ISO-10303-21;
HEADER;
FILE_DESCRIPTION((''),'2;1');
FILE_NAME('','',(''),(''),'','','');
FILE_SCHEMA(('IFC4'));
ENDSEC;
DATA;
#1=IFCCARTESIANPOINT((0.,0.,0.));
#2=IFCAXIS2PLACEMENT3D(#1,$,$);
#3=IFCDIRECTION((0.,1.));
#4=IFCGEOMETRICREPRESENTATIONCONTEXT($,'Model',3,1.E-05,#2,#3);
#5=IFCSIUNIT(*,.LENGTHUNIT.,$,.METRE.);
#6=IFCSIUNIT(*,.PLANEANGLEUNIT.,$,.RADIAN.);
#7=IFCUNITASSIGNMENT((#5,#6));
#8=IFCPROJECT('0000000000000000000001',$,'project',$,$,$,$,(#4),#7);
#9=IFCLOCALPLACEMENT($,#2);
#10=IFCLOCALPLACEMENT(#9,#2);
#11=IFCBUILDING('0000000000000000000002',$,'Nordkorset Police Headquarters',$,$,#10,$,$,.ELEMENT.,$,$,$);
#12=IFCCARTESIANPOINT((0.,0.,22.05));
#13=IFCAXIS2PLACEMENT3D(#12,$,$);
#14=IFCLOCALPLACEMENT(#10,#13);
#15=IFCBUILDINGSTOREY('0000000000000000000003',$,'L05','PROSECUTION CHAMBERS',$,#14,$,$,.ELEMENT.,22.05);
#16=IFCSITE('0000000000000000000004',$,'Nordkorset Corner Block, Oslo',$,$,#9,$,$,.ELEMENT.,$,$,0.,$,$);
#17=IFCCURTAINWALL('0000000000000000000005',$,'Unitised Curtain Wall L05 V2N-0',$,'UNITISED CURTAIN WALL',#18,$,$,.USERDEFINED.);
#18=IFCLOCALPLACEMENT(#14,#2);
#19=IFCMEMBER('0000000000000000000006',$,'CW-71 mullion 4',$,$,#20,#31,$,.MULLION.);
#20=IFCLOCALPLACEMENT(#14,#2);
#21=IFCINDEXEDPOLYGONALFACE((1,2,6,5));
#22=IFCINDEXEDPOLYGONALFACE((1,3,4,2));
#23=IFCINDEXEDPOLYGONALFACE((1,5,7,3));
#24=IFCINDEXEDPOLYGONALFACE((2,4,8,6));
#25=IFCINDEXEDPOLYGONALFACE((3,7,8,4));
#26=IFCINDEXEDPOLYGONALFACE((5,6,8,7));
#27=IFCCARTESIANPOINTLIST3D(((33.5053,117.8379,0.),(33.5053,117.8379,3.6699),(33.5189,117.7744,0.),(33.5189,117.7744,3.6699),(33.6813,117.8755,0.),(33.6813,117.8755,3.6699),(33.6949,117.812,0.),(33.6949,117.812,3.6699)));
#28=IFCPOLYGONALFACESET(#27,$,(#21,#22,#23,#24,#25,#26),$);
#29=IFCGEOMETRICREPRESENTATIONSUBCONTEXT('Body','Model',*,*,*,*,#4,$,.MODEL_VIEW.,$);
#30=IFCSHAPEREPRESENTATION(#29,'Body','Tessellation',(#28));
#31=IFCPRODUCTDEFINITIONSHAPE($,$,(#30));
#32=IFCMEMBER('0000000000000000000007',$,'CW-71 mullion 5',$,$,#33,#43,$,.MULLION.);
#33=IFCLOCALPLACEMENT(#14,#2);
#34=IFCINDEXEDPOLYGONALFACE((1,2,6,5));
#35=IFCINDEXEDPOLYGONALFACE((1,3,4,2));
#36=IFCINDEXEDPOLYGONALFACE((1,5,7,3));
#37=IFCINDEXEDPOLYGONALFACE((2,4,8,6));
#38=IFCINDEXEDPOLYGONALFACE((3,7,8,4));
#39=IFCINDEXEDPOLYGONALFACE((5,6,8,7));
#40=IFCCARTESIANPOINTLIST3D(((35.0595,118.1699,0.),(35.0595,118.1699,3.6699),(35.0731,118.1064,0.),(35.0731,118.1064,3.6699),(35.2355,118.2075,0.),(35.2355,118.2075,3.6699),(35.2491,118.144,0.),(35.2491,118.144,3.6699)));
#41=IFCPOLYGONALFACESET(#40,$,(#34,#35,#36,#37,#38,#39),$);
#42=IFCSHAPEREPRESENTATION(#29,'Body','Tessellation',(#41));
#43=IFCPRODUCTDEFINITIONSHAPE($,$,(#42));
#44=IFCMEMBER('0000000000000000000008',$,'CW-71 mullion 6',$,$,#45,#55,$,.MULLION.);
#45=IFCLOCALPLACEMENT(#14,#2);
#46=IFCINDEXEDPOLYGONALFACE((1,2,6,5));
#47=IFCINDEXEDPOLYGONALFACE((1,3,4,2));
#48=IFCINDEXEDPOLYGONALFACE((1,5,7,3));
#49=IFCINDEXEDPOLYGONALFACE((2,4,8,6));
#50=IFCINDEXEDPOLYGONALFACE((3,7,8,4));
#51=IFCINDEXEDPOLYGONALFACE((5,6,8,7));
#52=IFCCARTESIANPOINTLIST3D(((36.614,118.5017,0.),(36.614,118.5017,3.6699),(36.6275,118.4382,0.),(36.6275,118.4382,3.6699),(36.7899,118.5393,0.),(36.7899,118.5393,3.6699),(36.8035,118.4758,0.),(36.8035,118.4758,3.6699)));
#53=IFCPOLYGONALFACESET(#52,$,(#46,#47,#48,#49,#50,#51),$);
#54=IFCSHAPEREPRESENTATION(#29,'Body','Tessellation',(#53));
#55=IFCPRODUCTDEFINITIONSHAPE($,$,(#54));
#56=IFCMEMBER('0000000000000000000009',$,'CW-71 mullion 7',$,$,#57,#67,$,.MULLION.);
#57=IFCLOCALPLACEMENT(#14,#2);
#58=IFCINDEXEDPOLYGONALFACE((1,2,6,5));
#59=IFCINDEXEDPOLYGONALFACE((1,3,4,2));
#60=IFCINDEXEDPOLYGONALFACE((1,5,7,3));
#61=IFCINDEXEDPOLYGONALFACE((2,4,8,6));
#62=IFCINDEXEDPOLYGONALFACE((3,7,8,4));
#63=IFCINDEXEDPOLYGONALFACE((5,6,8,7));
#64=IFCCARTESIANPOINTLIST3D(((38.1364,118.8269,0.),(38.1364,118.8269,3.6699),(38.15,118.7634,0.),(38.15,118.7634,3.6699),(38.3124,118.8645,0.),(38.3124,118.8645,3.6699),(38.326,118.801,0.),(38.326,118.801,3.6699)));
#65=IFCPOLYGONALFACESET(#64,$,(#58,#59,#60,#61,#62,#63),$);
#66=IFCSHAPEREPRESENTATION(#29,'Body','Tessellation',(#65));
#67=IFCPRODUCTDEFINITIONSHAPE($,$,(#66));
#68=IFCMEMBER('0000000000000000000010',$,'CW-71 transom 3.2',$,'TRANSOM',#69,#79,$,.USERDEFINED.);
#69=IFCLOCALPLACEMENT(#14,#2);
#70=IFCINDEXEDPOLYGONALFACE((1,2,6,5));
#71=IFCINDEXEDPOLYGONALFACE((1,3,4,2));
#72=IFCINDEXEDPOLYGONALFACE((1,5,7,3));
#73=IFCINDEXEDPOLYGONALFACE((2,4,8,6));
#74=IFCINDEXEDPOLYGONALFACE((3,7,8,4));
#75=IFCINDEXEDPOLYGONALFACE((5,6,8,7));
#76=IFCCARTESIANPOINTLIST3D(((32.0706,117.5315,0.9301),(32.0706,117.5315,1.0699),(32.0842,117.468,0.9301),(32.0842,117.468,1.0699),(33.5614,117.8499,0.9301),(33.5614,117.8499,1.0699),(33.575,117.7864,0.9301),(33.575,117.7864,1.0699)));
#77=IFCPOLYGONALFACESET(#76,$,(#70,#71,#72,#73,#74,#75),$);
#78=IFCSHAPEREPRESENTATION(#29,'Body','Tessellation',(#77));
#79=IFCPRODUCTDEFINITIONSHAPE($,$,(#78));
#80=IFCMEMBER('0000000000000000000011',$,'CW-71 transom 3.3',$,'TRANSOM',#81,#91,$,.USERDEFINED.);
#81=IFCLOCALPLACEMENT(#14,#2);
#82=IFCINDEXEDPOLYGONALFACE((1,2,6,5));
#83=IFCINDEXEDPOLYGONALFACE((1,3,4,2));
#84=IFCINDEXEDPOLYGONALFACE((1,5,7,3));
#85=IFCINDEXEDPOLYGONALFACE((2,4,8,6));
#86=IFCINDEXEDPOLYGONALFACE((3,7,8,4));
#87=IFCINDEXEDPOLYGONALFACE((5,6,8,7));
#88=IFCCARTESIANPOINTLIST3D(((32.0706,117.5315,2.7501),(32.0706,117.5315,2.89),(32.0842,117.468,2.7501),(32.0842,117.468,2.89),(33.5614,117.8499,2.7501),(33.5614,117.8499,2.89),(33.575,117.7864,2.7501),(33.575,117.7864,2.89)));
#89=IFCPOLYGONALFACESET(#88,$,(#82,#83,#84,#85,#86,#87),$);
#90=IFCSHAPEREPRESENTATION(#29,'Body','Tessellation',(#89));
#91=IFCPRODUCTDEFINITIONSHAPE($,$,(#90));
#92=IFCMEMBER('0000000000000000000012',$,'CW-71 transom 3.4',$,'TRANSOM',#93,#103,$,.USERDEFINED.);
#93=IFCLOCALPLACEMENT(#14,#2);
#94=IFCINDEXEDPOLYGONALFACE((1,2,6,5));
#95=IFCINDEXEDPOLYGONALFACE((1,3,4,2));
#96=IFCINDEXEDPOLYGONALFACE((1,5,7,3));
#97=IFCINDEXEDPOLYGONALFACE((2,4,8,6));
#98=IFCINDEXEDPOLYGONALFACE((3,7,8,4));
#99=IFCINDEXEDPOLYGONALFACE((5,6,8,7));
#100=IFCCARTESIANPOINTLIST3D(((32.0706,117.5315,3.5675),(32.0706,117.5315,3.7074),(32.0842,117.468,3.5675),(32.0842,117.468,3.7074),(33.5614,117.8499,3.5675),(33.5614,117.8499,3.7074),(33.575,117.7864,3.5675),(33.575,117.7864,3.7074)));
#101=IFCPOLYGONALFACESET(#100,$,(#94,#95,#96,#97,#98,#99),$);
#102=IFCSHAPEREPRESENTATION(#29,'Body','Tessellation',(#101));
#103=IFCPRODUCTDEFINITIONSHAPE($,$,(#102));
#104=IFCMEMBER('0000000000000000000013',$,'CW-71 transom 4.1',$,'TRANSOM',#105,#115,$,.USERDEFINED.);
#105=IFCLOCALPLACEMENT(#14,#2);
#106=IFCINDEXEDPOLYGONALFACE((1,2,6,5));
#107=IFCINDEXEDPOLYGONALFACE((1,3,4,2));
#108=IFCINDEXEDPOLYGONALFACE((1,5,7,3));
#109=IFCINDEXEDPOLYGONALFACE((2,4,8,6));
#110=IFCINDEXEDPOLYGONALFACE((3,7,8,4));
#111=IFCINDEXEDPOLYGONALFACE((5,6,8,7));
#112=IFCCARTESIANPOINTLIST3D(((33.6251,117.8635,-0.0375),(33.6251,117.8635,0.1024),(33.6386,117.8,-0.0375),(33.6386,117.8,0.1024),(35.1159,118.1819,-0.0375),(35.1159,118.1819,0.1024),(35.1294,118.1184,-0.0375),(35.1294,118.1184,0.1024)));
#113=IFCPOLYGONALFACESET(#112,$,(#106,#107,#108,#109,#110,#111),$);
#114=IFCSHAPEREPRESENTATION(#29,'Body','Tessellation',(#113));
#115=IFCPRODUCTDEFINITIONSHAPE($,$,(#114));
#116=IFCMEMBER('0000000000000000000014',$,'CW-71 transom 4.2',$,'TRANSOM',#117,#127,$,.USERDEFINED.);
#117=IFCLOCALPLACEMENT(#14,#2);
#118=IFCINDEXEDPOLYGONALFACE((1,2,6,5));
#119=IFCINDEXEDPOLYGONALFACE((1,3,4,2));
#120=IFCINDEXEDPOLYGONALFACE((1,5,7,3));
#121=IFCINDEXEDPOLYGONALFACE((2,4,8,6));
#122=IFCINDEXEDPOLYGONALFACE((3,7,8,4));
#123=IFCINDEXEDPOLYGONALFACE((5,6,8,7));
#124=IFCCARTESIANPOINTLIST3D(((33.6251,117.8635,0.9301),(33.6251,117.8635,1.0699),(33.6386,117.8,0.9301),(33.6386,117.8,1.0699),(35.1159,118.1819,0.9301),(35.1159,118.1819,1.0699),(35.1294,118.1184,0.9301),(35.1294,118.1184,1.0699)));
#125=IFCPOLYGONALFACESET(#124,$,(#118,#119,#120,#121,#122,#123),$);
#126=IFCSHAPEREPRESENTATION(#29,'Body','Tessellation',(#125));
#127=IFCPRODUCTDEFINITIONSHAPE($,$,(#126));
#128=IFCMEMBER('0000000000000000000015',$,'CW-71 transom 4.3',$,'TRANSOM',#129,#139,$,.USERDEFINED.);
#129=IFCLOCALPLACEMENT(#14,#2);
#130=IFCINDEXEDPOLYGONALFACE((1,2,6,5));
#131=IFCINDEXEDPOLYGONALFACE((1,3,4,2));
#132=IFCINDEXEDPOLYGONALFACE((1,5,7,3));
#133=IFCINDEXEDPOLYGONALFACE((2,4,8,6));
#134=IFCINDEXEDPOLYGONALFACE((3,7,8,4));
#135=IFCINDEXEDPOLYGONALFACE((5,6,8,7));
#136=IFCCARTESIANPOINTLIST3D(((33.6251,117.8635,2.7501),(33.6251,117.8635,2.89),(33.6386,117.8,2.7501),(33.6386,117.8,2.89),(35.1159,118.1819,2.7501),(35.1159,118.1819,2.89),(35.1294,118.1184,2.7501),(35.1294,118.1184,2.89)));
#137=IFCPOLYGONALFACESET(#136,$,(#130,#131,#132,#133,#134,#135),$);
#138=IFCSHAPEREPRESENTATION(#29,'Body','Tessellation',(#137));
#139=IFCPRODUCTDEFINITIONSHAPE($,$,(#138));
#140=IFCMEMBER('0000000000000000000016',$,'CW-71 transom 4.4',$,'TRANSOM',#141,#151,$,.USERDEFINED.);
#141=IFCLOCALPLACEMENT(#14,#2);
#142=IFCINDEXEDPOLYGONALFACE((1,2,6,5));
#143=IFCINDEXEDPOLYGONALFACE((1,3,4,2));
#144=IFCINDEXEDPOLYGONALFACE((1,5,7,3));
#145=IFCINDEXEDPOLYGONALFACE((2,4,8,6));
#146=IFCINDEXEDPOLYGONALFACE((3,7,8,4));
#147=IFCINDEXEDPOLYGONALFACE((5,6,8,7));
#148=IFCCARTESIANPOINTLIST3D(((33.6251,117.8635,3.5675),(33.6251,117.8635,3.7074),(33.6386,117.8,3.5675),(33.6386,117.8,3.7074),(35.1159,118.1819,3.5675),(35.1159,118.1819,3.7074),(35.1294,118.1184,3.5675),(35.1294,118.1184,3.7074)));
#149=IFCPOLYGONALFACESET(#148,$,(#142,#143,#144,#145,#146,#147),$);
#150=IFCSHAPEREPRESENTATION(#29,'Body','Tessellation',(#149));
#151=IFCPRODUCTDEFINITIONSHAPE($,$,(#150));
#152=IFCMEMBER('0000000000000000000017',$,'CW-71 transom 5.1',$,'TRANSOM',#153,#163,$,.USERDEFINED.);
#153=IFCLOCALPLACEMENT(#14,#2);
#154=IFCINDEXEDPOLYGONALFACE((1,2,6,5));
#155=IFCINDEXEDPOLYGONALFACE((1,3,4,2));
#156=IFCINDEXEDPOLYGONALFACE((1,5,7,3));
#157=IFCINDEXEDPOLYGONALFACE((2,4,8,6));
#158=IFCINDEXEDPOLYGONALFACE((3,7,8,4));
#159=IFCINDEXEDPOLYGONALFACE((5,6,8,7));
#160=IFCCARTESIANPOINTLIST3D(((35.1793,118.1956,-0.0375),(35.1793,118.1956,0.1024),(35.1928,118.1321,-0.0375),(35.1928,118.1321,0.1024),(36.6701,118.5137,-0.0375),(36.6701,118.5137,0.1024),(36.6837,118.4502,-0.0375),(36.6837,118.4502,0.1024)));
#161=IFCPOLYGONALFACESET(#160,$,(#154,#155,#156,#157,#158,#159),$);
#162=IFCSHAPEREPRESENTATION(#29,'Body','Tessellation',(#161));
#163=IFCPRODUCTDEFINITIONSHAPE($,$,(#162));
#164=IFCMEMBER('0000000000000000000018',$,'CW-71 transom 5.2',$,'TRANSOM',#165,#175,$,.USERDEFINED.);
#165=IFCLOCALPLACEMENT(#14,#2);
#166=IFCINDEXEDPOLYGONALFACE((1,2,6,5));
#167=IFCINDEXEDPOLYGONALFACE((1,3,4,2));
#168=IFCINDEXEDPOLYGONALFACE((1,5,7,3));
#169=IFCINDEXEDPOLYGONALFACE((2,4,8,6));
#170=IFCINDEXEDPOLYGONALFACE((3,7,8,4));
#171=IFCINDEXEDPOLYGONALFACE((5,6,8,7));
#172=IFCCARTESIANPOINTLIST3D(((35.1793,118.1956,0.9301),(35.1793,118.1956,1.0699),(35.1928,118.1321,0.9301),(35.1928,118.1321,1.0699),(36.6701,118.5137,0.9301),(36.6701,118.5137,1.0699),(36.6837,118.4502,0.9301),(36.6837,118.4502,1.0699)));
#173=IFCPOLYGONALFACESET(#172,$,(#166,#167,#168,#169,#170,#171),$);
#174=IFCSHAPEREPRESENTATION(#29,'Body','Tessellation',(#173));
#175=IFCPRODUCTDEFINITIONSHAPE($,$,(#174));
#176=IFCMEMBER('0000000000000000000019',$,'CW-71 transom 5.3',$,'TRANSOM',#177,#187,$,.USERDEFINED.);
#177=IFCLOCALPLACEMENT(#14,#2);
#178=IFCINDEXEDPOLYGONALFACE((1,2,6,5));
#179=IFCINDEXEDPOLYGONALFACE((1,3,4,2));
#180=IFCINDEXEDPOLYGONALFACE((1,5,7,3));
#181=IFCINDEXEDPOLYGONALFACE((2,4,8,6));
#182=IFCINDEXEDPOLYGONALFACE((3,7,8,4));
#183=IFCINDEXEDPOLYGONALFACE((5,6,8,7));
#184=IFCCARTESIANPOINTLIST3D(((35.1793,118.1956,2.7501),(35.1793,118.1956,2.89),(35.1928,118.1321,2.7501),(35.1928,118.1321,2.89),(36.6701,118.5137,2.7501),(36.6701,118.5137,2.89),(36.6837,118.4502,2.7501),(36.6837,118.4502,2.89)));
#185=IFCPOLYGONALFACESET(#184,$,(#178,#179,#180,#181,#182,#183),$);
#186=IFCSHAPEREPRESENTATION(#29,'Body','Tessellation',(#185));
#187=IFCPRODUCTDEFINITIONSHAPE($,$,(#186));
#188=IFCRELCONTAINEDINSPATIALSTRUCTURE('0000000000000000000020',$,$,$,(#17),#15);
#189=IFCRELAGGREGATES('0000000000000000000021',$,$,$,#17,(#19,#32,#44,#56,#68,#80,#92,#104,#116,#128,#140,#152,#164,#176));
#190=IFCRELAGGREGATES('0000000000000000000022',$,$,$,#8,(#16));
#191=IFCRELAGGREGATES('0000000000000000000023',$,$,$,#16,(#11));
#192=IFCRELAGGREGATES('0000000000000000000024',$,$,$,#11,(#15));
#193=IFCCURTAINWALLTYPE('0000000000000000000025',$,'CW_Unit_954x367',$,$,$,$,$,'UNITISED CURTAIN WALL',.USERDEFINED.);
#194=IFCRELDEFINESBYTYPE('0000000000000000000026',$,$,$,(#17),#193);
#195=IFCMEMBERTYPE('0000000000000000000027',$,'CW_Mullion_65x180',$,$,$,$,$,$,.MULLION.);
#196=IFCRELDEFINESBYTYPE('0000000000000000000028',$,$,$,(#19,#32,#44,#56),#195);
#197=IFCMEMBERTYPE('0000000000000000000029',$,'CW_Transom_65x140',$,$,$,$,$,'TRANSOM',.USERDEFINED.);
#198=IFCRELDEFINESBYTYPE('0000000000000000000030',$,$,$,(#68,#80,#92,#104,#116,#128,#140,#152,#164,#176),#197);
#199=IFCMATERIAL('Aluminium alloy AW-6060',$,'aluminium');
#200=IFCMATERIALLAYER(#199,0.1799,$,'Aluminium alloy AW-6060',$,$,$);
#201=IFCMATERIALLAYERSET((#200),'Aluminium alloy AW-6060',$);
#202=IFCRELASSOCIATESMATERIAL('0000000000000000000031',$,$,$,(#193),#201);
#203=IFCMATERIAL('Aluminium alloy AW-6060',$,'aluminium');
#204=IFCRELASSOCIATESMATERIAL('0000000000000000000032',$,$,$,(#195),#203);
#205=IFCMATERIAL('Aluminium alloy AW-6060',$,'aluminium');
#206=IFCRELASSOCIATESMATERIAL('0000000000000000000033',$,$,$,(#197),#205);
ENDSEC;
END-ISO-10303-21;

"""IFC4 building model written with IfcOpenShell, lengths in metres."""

from ifc_helpers import new_model, si_unit, direction, frame, origin, origin_2d, place, context, subcontext, project, spatial, rectangle, extrude, material, layer, layer_set, material_profile, profile_set, type_object, element, aggregate, save


model = new_model("IFC4")

# Units and contexts
model_context = context("Model", 3, precision=1e-05, world=origin(), true_north=direction((0.0, 1.0)))
body_context = subcontext(model_context, "Body", "Model", "MODEL_VIEW")
ifc_project = project(units=[si_unit("LENGTHUNIT", "METRE"), si_unit("PLANEANGLEUNIT", "RADIAN")], contexts=[model_context])

# Site, building, storey
site_placement = place(None, origin())
site = spatial("IfcSite", under=ifc_project, at=site_placement, Name="Nordkorset Corner Block, Oslo", CompositionType="ELEMENT", RefElevation=0.0)
building_placement = place(site_placement, origin())
building = spatial("IfcBuilding", under=site, at=building_placement, Name="Nordkorset Police Headquarters", CompositionType="ELEMENT")
storey_placement = place(building_placement, frame((0.0, 0.0, 22.05)))
storey = spatial("IfcBuildingStorey", under=building, at=storey_placement, Name="L05", Description="PROSECUTION CHAMBERS", CompositionType="ELEMENT", Elevation=22.05)

# Curtain wall, members
ifc_material_1 = material(Name="Aluminium alloy AW-6060", Category="aluminium")
ifc_layer_1 = layer(ifc_material_1, 0.1799, Name="Aluminium alloy AW-6060")
ifc_layer_set_1 = layer_set([ifc_layer_1], Name="Aluminium alloy AW-6060")
curtain_wall_type = type_object("IfcCurtainWallType", Name="CW_Unit_954x367", ElementType="UNITISED CURTAIN WALL", PredefinedType="USERDEFINED", material=ifc_layer_set_1)
curtain_wall_placement = place(storey_placement, origin())
curtain_wall = element("IfcCurtainWall", 1, at=curtain_wall_placement, inside=storey, type_object=curtain_wall_type, Name="Unitised Curtain Wall L05 V2N-0", ObjectType="UNITISED CURTAIN WALL", PredefinedType="USERDEFINED")
ifc_material_2 = material(Name="Aluminium alloy AW-6060", Category="aluminium")
ifc_material_profile_1 = material_profile(ifc_material_2, rectangle(XDim=0.0649, YDim=0.1799, at=origin_2d()), Name="ALU MULL 65x180")
ifc_profile_set_1 = profile_set([ifc_material_profile_1], Name="Aluminium alloy AW-6060")
member_type_1 = type_object("IfcMemberType", Name="CW_Mullion_65x180", PredefinedType="MULLION", material=ifc_profile_set_1)
member_1_placement = place(storey_placement, frame((33.6001, 117.825, 0.0), z_axis=(0.0, 0.0, 1.0), x_axis=(-0.208833, 0.977951, 0.0)))
member_1 = element("IfcMember", 2, at=member_1_placement, type_object=member_type_1, Name="CW-71 mullion 4", PredefinedType="MULLION", context=body_context, shape_type="SweptSolid", body=[
    extrude(rectangle(XDim=0.0649, YDim=0.1799, at=origin_2d()), origin(), (0.0, 0.0, 1.0), 3.6699),
])
member_2_placement = place(storey_placement, frame((35.1543, 118.157, 0.0), z_axis=(0.0, 0.0, 1.0), x_axis=(-0.208833, 0.977951, 0.0)))
member_2 = element("IfcMember", 3, at=member_2_placement, type_object=member_type_1, Name="CW-71 mullion 5", PredefinedType="MULLION", context=body_context, shape_type="SweptSolid", body=[
    extrude(rectangle(XDim=0.0649, YDim=0.1799, at=origin_2d()), origin(), (0.0, 0.0, 1.0), 3.6699),
])
member_3_placement = place(storey_placement, frame((36.7087, 118.4888, 0.0), z_axis=(0.0, 0.0, 1.0), x_axis=(-0.208833, 0.977951, 0.0)))
member_3 = element("IfcMember", 4, at=member_3_placement, type_object=member_type_1, Name="CW-71 mullion 6", PredefinedType="MULLION", context=body_context, shape_type="SweptSolid", body=[
    extrude(rectangle(XDim=0.0649, YDim=0.1799, at=origin_2d()), origin(), (0.0, 0.0, 1.0), 3.6699),
])
member_4_placement = place(storey_placement, frame((38.2312, 118.814, 0.0), z_axis=(0.0, 0.0, 1.0), x_axis=(-0.208833, 0.977951, 0.0)))
member_4 = element("IfcMember", 5, at=member_4_placement, type_object=member_type_1, Name="CW-71 mullion 7", PredefinedType="MULLION", context=body_context, shape_type="SweptSolid", body=[
    extrude(rectangle(XDim=0.0649, YDim=0.1799, at=origin_2d()), origin(), (0.0, 0.0, 1.0), 3.6699),
])
ifc_material_3 = material(Name="Aluminium alloy AW-6060", Category="aluminium")
ifc_material_profile_2 = material_profile(ifc_material_3, rectangle(XDim=0.0649, YDim=0.1399, at=origin_2d()), Name="ALU TRAN 65x140")
ifc_profile_set_2 = profile_set([ifc_material_profile_2], Name="Aluminium alloy AW-6060")
member_type_2 = type_object("IfcMemberType", Name="CW_Transom_65x140", ElementType="TRANSOM", PredefinedType="USERDEFINED", material=ifc_profile_set_2)
member_5_placement = place(storey_placement, frame((32.0774, 117.4998, 1.0), z_axis=(0.977947, 0.208851, 0.0), x_axis=(-0.208851, 0.977947, 0.0)))
member_5 = element("IfcMember", 6, at=member_5_placement, type_object=member_type_2, Name="CW-71 transom 3.2", ObjectType="TRANSOM", PredefinedType="USERDEFINED", context=body_context, shape_type="SweptSolid", body=[
    extrude(rectangle(XDim=0.0649, YDim=0.1399, at=origin_2d()), origin(), (0.0, 0.0, 1.0), 1.5244),
])
member_6_placement = place(storey_placement, frame((32.0774, 117.4998, 2.8201), z_axis=(0.977947, 0.208851, 0.0), x_axis=(-0.208851, 0.977947, 0.0)))
member_6 = element("IfcMember", 7, at=member_6_placement, type_object=member_type_2, Name="CW-71 transom 3.3", ObjectType="TRANSOM", PredefinedType="USERDEFINED", context=body_context, shape_type="SweptSolid", body=[
    extrude(rectangle(XDim=0.0649, YDim=0.1399, at=origin_2d()), origin(), (0.0, 0.0, 1.0), 1.5244),
])
member_7_placement = place(storey_placement, frame((32.0774, 117.4998, 3.6375), z_axis=(0.977947, 0.208851, 0.0), x_axis=(-0.208851, 0.977947, 0.0)))
member_7 = element("IfcMember", 8, at=member_7_placement, type_object=member_type_2, Name="CW-71 transom 3.4", ObjectType="TRANSOM", PredefinedType="USERDEFINED", context=body_context, shape_type="SweptSolid", body=[
    extrude(rectangle(XDim=0.0649, YDim=0.1399, at=origin_2d()), origin(), (0.0, 0.0, 1.0), 1.5244),
])
member_8_placement = place(storey_placement, frame((33.6318, 117.8318, 0.0325), z_axis=(0.977947, 0.208851, 0.0), x_axis=(-0.208851, 0.977947, 0.0)))
member_8 = element("IfcMember", 9, at=member_8_placement, type_object=member_type_2, Name="CW-71 transom 4.1", ObjectType="TRANSOM", PredefinedType="USERDEFINED", context=body_context, shape_type="SweptSolid", body=[
    extrude(rectangle(XDim=0.0649, YDim=0.1399, at=origin_2d()), origin(), (0.0, 0.0, 1.0), 1.5244),
])
member_9_placement = place(storey_placement, frame((33.6318, 117.8318, 1.0), z_axis=(0.977947, 0.208851, 0.0), x_axis=(-0.208851, 0.977947, 0.0)))
member_9 = element("IfcMember", 10, at=member_9_placement, type_object=member_type_2, Name="CW-71 transom 4.2", ObjectType="TRANSOM", PredefinedType="USERDEFINED", context=body_context, shape_type="SweptSolid", body=[
    extrude(rectangle(XDim=0.0649, YDim=0.1399, at=origin_2d()), origin(), (0.0, 0.0, 1.0), 1.5244),
])
member_10_placement = place(storey_placement, frame((33.6318, 117.8318, 2.8201), z_axis=(0.977947, 0.208851, 0.0), x_axis=(-0.208851, 0.977947, 0.0)))
member_10 = element("IfcMember", 11, at=member_10_placement, type_object=member_type_2, Name="CW-71 transom 4.3", ObjectType="TRANSOM", PredefinedType="USERDEFINED", context=body_context, shape_type="SweptSolid", body=[
    extrude(rectangle(XDim=0.0649, YDim=0.1399, at=origin_2d()), origin(), (0.0, 0.0, 1.0), 1.5244),
])
member_11_placement = place(storey_placement, frame((33.6318, 117.8318, 3.6375), z_axis=(0.977947, 0.208851, 0.0), x_axis=(-0.208851, 0.977947, 0.0)))
member_11 = element("IfcMember", 12, at=member_11_placement, type_object=member_type_2, Name="CW-71 transom 4.4", ObjectType="TRANSOM", PredefinedType="USERDEFINED", context=body_context, shape_type="SweptSolid", body=[
    extrude(rectangle(XDim=0.0649, YDim=0.1399, at=origin_2d()), origin(), (0.0, 0.0, 1.0), 1.5244),
])
member_12_placement = place(storey_placement, frame((35.186, 118.1638, 0.0325), z_axis=(0.977987, 0.208665, 0.0), x_axis=(-0.208665, 0.977987, 0.0)))
member_12 = element("IfcMember", 13, at=member_12_placement, type_object=member_type_2, Name="CW-71 transom 5.1", ObjectType="TRANSOM", PredefinedType="USERDEFINED", context=body_context, shape_type="SweptSolid", body=[
    extrude(rectangle(XDim=0.0649, YDim=0.1399, at=origin_2d()), origin(), (0.0, 0.0, 1.0), 1.5244),
])
member_13_placement = place(storey_placement, frame((35.186, 118.1638, 1.0), z_axis=(0.977987, 0.208665, 0.0), x_axis=(-0.208665, 0.977987, 0.0)))
member_13 = element("IfcMember", 14, at=member_13_placement, type_object=member_type_2, Name="CW-71 transom 5.2", ObjectType="TRANSOM", PredefinedType="USERDEFINED", context=body_context, shape_type="SweptSolid", body=[
    extrude(rectangle(XDim=0.0649, YDim=0.1399, at=origin_2d()), origin(), (0.0, 0.0, 1.0), 1.5244),
])
member_14_placement = place(storey_placement, frame((35.186, 118.1638, 2.8201), z_axis=(0.977987, 0.208665, 0.0), x_axis=(-0.208665, 0.977987, 0.0)))
member_14 = element("IfcMember", 15, at=member_14_placement, type_object=member_type_2, Name="CW-71 transom 5.3", ObjectType="TRANSOM", PredefinedType="USERDEFINED", context=body_context, shape_type="SweptSolid", body=[
    extrude(rectangle(XDim=0.0649, YDim=0.1399, at=origin_2d()), origin(), (0.0, 0.0, 1.0), 1.5244),
])
aggregate(curtain_wall, [member_1, member_2, member_3, member_4, member_5, member_6, member_7, member_8, member_9, member_10, member_11, member_12, member_13, member_14])

save(model, "model.ifc")
